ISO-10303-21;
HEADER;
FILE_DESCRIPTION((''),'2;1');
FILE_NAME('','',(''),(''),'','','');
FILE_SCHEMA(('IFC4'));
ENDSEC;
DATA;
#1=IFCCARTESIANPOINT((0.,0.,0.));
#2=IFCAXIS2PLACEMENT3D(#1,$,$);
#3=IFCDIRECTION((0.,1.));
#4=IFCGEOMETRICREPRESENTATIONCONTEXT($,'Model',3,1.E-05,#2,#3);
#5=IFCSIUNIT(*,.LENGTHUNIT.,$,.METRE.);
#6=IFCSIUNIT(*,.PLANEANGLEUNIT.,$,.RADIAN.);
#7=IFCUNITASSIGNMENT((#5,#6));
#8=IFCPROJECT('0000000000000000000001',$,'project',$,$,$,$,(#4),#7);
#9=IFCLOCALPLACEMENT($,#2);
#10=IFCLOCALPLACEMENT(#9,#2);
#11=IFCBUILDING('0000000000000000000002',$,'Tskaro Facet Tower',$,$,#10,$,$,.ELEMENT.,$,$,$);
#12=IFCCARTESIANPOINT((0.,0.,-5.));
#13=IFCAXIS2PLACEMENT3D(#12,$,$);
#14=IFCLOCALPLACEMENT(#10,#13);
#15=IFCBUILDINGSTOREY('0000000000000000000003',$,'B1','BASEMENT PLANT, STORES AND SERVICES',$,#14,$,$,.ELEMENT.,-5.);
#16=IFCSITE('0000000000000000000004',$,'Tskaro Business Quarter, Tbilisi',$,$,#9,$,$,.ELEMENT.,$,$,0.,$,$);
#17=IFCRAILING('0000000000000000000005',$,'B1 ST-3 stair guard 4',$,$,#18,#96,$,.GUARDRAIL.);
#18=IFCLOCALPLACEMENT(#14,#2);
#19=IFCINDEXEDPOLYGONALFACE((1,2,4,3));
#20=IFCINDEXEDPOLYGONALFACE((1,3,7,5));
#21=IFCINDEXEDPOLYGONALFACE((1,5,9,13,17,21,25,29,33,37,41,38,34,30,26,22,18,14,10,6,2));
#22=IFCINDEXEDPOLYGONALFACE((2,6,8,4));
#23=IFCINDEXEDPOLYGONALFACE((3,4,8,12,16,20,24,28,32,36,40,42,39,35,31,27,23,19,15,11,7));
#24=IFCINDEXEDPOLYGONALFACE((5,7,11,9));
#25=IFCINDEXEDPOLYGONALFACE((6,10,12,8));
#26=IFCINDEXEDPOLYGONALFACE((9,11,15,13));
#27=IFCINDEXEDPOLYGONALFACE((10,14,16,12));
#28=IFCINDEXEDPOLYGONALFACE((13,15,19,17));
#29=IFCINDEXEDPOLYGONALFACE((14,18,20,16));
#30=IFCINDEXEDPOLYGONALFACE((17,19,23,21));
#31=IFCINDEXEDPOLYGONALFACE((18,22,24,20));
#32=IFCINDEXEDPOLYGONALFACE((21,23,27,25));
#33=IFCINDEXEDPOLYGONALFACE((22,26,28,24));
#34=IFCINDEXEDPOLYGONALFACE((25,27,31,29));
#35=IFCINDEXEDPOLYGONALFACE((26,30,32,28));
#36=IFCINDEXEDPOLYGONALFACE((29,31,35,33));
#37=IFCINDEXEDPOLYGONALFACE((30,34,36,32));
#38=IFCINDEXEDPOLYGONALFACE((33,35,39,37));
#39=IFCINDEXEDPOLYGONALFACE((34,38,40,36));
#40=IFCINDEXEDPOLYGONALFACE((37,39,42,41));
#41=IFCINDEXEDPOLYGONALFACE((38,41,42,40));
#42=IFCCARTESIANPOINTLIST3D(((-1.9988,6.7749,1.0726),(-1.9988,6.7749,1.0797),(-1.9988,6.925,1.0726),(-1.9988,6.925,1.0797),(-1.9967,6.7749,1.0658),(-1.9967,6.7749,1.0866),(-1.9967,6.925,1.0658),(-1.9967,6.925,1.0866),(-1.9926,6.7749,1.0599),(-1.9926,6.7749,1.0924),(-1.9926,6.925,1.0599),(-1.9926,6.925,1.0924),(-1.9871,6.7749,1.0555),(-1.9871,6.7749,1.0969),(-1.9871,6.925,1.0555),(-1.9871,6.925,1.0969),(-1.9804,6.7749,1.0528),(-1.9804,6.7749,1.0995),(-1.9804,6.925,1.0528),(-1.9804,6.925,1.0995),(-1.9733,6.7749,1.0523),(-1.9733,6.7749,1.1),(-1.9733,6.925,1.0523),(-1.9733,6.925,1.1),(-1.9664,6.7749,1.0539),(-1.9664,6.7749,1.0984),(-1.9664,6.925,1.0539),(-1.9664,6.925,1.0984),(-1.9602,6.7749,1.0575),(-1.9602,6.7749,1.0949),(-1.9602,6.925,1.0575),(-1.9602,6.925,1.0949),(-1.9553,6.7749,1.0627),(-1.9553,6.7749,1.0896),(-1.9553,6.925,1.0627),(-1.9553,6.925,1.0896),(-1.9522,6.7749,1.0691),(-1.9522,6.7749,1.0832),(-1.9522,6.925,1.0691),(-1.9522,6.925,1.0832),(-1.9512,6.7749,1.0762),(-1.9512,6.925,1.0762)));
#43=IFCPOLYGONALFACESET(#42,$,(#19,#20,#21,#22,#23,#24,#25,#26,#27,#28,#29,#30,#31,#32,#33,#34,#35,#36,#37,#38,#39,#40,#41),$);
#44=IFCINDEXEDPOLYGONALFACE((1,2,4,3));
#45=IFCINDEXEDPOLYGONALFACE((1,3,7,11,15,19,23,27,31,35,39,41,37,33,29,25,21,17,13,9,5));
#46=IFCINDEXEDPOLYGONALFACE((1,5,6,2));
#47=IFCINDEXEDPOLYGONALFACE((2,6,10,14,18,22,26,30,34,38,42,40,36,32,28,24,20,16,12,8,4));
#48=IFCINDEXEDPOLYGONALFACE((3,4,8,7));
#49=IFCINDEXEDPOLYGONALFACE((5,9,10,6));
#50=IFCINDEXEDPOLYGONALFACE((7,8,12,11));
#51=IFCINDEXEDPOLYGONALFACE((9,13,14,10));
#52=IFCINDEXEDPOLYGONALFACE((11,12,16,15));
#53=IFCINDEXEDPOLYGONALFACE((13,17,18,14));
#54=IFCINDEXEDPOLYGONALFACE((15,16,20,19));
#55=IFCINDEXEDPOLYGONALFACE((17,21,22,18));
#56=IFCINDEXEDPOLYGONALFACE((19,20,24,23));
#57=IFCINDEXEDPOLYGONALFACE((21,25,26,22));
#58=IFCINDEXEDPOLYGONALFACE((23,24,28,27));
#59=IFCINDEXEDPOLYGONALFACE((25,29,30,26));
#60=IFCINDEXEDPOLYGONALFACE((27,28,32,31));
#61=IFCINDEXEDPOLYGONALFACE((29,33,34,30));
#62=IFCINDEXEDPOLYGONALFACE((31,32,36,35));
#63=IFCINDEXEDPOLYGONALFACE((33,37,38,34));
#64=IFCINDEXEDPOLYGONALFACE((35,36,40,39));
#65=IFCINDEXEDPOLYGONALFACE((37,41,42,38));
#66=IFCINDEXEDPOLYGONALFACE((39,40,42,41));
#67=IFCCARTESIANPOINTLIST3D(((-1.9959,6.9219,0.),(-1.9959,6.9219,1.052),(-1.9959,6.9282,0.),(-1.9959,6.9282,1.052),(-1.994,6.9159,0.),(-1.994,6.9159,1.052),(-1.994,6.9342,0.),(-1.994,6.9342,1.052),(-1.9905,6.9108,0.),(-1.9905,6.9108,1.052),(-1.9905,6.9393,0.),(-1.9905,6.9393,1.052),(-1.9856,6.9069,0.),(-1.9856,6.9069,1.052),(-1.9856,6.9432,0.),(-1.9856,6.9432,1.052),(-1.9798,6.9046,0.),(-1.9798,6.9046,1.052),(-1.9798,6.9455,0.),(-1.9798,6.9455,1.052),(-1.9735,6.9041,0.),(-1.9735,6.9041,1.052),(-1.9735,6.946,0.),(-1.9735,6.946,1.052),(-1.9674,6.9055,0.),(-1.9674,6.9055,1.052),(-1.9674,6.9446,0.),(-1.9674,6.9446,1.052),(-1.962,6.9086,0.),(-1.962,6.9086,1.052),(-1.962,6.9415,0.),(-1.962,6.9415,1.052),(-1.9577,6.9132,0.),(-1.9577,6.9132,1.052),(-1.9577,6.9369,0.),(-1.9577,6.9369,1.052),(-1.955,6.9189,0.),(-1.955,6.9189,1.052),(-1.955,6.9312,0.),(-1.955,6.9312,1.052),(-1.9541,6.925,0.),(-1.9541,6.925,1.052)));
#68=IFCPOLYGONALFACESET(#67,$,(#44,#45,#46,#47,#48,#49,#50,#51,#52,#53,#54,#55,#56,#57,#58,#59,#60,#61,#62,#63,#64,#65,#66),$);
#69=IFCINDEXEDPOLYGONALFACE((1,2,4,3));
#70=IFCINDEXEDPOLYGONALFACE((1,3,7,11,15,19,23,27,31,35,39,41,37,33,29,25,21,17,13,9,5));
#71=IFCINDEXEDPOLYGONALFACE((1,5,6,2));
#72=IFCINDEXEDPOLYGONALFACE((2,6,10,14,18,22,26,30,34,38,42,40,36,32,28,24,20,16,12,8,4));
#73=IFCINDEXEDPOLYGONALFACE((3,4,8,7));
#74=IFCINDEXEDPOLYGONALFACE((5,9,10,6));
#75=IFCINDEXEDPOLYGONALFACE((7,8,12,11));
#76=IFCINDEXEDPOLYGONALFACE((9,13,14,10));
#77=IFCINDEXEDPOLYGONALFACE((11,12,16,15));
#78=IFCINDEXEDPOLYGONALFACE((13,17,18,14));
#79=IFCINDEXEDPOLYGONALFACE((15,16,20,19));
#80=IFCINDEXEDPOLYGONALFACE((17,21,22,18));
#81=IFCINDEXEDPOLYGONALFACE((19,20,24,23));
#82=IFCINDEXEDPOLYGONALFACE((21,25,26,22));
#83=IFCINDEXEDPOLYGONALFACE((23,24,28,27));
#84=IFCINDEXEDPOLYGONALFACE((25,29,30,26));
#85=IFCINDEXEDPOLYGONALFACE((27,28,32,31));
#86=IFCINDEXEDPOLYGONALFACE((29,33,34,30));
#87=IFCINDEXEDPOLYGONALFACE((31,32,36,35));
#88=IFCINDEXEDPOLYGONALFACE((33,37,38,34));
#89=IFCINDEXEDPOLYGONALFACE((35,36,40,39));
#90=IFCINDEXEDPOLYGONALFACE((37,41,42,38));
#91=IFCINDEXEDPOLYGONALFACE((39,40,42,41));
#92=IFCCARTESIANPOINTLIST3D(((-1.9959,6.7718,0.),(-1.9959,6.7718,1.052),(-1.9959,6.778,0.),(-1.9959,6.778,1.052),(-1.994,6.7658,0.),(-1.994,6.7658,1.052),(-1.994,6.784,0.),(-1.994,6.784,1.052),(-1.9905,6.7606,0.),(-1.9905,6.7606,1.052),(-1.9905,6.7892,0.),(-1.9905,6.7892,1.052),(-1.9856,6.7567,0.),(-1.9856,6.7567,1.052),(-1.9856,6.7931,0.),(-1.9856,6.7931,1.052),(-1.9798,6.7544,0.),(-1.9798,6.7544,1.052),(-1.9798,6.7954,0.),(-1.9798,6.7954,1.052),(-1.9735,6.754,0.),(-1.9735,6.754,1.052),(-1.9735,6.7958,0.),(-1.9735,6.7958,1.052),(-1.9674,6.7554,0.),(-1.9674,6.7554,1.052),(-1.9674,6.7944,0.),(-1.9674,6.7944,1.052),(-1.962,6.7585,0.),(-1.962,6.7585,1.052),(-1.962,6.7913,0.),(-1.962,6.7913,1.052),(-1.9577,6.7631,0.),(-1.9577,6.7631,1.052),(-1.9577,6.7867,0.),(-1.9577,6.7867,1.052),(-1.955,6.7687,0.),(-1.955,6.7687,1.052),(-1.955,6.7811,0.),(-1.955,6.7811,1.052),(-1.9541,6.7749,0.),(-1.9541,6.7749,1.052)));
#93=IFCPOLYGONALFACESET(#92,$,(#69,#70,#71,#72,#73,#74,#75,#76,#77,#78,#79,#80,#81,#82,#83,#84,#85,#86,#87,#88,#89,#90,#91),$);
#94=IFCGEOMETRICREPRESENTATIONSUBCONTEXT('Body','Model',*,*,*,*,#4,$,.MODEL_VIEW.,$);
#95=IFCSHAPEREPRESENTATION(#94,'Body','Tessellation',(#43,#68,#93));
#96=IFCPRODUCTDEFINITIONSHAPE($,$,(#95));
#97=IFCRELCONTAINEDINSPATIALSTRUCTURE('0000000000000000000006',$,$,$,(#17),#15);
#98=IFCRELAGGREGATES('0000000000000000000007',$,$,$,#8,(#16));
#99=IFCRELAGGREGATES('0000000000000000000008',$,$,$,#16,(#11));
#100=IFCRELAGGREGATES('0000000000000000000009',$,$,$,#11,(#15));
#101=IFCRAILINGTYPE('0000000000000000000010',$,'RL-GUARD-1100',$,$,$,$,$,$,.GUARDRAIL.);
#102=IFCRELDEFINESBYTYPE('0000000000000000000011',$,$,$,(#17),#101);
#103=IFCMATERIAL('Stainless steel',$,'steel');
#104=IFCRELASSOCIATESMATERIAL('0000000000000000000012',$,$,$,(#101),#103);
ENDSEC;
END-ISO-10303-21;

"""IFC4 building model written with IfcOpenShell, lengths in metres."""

from ifc_helpers import new_model, si_unit, direction, frame, origin, origin_2d, place, context, subcontext, project, spatial, circle, extrude, material, type_object, element, save


model = new_model("IFC4")

# Units and contexts
model_context = context("Model", 3, precision=1e-05, world=origin(), true_north=direction((0.0, 1.0)))
body_context = subcontext(model_context, "Body", "Model", "MODEL_VIEW")
ifc_project = project(units=[si_unit("LENGTHUNIT", "METRE"), si_unit("PLANEANGLEUNIT", "RADIAN")], contexts=[model_context])

# Site, building, storey
site_placement = place(None, origin())
site = spatial("IfcSite", under=ifc_project, at=site_placement, Name="Tskaro Business Quarter, Tbilisi", CompositionType="ELEMENT", RefElevation=0.0)
building_placement = place(site_placement, origin())
building = spatial("IfcBuilding", under=site, at=building_placement, Name="Tskaro Facet Tower", CompositionType="ELEMENT")
storey_placement = place(building_placement, frame((0.0, 0.0, -5.0)))
storey = spatial("IfcBuildingStorey", under=building, at=storey_placement, Name="B1", Description="BASEMENT PLANT, STORES AND SERVICES", CompositionType="ELEMENT", Elevation=-5.0)

# Railing
ifc_material_1 = material(Name="Stainless steel", Category="steel")
railing_type_1 = type_object("IfcRailingType", Name="RL-GUARD-1100", PredefinedType="GUARDRAIL", material=ifc_material_1)
railing_1_placement = place(storey_placement, frame((-1.9751, 6.925, 0.0)))
element("IfcRailing", 1, at=railing_1_placement, inside=storey, type_object=railing_type_1, Name="B1 ST-3 stair guard 4", PredefinedType="GUARDRAIL", context=body_context, shape_type="SweptSolid", body=[
    extrude(circle(Radius=0.0239, at=origin_2d()), frame((0.0, 0.0, 1.0762), z_axis=(0.0, -1.0, 0.0), x_axis=(1.0, 0.0, 0.0)), (0.0, 0.0, 1.0), 0.1501),
    extrude(circle(Radius=0.021, at=origin_2d()), origin(), (0.0, 0.0, 1.0), 1.052),
    extrude(circle(Radius=0.021, at=origin_2d()), frame((0.0, -0.1501, 0.0)), (0.0, 0.0, 1.0), 1.052),
])

save(model, "model.ifc")
